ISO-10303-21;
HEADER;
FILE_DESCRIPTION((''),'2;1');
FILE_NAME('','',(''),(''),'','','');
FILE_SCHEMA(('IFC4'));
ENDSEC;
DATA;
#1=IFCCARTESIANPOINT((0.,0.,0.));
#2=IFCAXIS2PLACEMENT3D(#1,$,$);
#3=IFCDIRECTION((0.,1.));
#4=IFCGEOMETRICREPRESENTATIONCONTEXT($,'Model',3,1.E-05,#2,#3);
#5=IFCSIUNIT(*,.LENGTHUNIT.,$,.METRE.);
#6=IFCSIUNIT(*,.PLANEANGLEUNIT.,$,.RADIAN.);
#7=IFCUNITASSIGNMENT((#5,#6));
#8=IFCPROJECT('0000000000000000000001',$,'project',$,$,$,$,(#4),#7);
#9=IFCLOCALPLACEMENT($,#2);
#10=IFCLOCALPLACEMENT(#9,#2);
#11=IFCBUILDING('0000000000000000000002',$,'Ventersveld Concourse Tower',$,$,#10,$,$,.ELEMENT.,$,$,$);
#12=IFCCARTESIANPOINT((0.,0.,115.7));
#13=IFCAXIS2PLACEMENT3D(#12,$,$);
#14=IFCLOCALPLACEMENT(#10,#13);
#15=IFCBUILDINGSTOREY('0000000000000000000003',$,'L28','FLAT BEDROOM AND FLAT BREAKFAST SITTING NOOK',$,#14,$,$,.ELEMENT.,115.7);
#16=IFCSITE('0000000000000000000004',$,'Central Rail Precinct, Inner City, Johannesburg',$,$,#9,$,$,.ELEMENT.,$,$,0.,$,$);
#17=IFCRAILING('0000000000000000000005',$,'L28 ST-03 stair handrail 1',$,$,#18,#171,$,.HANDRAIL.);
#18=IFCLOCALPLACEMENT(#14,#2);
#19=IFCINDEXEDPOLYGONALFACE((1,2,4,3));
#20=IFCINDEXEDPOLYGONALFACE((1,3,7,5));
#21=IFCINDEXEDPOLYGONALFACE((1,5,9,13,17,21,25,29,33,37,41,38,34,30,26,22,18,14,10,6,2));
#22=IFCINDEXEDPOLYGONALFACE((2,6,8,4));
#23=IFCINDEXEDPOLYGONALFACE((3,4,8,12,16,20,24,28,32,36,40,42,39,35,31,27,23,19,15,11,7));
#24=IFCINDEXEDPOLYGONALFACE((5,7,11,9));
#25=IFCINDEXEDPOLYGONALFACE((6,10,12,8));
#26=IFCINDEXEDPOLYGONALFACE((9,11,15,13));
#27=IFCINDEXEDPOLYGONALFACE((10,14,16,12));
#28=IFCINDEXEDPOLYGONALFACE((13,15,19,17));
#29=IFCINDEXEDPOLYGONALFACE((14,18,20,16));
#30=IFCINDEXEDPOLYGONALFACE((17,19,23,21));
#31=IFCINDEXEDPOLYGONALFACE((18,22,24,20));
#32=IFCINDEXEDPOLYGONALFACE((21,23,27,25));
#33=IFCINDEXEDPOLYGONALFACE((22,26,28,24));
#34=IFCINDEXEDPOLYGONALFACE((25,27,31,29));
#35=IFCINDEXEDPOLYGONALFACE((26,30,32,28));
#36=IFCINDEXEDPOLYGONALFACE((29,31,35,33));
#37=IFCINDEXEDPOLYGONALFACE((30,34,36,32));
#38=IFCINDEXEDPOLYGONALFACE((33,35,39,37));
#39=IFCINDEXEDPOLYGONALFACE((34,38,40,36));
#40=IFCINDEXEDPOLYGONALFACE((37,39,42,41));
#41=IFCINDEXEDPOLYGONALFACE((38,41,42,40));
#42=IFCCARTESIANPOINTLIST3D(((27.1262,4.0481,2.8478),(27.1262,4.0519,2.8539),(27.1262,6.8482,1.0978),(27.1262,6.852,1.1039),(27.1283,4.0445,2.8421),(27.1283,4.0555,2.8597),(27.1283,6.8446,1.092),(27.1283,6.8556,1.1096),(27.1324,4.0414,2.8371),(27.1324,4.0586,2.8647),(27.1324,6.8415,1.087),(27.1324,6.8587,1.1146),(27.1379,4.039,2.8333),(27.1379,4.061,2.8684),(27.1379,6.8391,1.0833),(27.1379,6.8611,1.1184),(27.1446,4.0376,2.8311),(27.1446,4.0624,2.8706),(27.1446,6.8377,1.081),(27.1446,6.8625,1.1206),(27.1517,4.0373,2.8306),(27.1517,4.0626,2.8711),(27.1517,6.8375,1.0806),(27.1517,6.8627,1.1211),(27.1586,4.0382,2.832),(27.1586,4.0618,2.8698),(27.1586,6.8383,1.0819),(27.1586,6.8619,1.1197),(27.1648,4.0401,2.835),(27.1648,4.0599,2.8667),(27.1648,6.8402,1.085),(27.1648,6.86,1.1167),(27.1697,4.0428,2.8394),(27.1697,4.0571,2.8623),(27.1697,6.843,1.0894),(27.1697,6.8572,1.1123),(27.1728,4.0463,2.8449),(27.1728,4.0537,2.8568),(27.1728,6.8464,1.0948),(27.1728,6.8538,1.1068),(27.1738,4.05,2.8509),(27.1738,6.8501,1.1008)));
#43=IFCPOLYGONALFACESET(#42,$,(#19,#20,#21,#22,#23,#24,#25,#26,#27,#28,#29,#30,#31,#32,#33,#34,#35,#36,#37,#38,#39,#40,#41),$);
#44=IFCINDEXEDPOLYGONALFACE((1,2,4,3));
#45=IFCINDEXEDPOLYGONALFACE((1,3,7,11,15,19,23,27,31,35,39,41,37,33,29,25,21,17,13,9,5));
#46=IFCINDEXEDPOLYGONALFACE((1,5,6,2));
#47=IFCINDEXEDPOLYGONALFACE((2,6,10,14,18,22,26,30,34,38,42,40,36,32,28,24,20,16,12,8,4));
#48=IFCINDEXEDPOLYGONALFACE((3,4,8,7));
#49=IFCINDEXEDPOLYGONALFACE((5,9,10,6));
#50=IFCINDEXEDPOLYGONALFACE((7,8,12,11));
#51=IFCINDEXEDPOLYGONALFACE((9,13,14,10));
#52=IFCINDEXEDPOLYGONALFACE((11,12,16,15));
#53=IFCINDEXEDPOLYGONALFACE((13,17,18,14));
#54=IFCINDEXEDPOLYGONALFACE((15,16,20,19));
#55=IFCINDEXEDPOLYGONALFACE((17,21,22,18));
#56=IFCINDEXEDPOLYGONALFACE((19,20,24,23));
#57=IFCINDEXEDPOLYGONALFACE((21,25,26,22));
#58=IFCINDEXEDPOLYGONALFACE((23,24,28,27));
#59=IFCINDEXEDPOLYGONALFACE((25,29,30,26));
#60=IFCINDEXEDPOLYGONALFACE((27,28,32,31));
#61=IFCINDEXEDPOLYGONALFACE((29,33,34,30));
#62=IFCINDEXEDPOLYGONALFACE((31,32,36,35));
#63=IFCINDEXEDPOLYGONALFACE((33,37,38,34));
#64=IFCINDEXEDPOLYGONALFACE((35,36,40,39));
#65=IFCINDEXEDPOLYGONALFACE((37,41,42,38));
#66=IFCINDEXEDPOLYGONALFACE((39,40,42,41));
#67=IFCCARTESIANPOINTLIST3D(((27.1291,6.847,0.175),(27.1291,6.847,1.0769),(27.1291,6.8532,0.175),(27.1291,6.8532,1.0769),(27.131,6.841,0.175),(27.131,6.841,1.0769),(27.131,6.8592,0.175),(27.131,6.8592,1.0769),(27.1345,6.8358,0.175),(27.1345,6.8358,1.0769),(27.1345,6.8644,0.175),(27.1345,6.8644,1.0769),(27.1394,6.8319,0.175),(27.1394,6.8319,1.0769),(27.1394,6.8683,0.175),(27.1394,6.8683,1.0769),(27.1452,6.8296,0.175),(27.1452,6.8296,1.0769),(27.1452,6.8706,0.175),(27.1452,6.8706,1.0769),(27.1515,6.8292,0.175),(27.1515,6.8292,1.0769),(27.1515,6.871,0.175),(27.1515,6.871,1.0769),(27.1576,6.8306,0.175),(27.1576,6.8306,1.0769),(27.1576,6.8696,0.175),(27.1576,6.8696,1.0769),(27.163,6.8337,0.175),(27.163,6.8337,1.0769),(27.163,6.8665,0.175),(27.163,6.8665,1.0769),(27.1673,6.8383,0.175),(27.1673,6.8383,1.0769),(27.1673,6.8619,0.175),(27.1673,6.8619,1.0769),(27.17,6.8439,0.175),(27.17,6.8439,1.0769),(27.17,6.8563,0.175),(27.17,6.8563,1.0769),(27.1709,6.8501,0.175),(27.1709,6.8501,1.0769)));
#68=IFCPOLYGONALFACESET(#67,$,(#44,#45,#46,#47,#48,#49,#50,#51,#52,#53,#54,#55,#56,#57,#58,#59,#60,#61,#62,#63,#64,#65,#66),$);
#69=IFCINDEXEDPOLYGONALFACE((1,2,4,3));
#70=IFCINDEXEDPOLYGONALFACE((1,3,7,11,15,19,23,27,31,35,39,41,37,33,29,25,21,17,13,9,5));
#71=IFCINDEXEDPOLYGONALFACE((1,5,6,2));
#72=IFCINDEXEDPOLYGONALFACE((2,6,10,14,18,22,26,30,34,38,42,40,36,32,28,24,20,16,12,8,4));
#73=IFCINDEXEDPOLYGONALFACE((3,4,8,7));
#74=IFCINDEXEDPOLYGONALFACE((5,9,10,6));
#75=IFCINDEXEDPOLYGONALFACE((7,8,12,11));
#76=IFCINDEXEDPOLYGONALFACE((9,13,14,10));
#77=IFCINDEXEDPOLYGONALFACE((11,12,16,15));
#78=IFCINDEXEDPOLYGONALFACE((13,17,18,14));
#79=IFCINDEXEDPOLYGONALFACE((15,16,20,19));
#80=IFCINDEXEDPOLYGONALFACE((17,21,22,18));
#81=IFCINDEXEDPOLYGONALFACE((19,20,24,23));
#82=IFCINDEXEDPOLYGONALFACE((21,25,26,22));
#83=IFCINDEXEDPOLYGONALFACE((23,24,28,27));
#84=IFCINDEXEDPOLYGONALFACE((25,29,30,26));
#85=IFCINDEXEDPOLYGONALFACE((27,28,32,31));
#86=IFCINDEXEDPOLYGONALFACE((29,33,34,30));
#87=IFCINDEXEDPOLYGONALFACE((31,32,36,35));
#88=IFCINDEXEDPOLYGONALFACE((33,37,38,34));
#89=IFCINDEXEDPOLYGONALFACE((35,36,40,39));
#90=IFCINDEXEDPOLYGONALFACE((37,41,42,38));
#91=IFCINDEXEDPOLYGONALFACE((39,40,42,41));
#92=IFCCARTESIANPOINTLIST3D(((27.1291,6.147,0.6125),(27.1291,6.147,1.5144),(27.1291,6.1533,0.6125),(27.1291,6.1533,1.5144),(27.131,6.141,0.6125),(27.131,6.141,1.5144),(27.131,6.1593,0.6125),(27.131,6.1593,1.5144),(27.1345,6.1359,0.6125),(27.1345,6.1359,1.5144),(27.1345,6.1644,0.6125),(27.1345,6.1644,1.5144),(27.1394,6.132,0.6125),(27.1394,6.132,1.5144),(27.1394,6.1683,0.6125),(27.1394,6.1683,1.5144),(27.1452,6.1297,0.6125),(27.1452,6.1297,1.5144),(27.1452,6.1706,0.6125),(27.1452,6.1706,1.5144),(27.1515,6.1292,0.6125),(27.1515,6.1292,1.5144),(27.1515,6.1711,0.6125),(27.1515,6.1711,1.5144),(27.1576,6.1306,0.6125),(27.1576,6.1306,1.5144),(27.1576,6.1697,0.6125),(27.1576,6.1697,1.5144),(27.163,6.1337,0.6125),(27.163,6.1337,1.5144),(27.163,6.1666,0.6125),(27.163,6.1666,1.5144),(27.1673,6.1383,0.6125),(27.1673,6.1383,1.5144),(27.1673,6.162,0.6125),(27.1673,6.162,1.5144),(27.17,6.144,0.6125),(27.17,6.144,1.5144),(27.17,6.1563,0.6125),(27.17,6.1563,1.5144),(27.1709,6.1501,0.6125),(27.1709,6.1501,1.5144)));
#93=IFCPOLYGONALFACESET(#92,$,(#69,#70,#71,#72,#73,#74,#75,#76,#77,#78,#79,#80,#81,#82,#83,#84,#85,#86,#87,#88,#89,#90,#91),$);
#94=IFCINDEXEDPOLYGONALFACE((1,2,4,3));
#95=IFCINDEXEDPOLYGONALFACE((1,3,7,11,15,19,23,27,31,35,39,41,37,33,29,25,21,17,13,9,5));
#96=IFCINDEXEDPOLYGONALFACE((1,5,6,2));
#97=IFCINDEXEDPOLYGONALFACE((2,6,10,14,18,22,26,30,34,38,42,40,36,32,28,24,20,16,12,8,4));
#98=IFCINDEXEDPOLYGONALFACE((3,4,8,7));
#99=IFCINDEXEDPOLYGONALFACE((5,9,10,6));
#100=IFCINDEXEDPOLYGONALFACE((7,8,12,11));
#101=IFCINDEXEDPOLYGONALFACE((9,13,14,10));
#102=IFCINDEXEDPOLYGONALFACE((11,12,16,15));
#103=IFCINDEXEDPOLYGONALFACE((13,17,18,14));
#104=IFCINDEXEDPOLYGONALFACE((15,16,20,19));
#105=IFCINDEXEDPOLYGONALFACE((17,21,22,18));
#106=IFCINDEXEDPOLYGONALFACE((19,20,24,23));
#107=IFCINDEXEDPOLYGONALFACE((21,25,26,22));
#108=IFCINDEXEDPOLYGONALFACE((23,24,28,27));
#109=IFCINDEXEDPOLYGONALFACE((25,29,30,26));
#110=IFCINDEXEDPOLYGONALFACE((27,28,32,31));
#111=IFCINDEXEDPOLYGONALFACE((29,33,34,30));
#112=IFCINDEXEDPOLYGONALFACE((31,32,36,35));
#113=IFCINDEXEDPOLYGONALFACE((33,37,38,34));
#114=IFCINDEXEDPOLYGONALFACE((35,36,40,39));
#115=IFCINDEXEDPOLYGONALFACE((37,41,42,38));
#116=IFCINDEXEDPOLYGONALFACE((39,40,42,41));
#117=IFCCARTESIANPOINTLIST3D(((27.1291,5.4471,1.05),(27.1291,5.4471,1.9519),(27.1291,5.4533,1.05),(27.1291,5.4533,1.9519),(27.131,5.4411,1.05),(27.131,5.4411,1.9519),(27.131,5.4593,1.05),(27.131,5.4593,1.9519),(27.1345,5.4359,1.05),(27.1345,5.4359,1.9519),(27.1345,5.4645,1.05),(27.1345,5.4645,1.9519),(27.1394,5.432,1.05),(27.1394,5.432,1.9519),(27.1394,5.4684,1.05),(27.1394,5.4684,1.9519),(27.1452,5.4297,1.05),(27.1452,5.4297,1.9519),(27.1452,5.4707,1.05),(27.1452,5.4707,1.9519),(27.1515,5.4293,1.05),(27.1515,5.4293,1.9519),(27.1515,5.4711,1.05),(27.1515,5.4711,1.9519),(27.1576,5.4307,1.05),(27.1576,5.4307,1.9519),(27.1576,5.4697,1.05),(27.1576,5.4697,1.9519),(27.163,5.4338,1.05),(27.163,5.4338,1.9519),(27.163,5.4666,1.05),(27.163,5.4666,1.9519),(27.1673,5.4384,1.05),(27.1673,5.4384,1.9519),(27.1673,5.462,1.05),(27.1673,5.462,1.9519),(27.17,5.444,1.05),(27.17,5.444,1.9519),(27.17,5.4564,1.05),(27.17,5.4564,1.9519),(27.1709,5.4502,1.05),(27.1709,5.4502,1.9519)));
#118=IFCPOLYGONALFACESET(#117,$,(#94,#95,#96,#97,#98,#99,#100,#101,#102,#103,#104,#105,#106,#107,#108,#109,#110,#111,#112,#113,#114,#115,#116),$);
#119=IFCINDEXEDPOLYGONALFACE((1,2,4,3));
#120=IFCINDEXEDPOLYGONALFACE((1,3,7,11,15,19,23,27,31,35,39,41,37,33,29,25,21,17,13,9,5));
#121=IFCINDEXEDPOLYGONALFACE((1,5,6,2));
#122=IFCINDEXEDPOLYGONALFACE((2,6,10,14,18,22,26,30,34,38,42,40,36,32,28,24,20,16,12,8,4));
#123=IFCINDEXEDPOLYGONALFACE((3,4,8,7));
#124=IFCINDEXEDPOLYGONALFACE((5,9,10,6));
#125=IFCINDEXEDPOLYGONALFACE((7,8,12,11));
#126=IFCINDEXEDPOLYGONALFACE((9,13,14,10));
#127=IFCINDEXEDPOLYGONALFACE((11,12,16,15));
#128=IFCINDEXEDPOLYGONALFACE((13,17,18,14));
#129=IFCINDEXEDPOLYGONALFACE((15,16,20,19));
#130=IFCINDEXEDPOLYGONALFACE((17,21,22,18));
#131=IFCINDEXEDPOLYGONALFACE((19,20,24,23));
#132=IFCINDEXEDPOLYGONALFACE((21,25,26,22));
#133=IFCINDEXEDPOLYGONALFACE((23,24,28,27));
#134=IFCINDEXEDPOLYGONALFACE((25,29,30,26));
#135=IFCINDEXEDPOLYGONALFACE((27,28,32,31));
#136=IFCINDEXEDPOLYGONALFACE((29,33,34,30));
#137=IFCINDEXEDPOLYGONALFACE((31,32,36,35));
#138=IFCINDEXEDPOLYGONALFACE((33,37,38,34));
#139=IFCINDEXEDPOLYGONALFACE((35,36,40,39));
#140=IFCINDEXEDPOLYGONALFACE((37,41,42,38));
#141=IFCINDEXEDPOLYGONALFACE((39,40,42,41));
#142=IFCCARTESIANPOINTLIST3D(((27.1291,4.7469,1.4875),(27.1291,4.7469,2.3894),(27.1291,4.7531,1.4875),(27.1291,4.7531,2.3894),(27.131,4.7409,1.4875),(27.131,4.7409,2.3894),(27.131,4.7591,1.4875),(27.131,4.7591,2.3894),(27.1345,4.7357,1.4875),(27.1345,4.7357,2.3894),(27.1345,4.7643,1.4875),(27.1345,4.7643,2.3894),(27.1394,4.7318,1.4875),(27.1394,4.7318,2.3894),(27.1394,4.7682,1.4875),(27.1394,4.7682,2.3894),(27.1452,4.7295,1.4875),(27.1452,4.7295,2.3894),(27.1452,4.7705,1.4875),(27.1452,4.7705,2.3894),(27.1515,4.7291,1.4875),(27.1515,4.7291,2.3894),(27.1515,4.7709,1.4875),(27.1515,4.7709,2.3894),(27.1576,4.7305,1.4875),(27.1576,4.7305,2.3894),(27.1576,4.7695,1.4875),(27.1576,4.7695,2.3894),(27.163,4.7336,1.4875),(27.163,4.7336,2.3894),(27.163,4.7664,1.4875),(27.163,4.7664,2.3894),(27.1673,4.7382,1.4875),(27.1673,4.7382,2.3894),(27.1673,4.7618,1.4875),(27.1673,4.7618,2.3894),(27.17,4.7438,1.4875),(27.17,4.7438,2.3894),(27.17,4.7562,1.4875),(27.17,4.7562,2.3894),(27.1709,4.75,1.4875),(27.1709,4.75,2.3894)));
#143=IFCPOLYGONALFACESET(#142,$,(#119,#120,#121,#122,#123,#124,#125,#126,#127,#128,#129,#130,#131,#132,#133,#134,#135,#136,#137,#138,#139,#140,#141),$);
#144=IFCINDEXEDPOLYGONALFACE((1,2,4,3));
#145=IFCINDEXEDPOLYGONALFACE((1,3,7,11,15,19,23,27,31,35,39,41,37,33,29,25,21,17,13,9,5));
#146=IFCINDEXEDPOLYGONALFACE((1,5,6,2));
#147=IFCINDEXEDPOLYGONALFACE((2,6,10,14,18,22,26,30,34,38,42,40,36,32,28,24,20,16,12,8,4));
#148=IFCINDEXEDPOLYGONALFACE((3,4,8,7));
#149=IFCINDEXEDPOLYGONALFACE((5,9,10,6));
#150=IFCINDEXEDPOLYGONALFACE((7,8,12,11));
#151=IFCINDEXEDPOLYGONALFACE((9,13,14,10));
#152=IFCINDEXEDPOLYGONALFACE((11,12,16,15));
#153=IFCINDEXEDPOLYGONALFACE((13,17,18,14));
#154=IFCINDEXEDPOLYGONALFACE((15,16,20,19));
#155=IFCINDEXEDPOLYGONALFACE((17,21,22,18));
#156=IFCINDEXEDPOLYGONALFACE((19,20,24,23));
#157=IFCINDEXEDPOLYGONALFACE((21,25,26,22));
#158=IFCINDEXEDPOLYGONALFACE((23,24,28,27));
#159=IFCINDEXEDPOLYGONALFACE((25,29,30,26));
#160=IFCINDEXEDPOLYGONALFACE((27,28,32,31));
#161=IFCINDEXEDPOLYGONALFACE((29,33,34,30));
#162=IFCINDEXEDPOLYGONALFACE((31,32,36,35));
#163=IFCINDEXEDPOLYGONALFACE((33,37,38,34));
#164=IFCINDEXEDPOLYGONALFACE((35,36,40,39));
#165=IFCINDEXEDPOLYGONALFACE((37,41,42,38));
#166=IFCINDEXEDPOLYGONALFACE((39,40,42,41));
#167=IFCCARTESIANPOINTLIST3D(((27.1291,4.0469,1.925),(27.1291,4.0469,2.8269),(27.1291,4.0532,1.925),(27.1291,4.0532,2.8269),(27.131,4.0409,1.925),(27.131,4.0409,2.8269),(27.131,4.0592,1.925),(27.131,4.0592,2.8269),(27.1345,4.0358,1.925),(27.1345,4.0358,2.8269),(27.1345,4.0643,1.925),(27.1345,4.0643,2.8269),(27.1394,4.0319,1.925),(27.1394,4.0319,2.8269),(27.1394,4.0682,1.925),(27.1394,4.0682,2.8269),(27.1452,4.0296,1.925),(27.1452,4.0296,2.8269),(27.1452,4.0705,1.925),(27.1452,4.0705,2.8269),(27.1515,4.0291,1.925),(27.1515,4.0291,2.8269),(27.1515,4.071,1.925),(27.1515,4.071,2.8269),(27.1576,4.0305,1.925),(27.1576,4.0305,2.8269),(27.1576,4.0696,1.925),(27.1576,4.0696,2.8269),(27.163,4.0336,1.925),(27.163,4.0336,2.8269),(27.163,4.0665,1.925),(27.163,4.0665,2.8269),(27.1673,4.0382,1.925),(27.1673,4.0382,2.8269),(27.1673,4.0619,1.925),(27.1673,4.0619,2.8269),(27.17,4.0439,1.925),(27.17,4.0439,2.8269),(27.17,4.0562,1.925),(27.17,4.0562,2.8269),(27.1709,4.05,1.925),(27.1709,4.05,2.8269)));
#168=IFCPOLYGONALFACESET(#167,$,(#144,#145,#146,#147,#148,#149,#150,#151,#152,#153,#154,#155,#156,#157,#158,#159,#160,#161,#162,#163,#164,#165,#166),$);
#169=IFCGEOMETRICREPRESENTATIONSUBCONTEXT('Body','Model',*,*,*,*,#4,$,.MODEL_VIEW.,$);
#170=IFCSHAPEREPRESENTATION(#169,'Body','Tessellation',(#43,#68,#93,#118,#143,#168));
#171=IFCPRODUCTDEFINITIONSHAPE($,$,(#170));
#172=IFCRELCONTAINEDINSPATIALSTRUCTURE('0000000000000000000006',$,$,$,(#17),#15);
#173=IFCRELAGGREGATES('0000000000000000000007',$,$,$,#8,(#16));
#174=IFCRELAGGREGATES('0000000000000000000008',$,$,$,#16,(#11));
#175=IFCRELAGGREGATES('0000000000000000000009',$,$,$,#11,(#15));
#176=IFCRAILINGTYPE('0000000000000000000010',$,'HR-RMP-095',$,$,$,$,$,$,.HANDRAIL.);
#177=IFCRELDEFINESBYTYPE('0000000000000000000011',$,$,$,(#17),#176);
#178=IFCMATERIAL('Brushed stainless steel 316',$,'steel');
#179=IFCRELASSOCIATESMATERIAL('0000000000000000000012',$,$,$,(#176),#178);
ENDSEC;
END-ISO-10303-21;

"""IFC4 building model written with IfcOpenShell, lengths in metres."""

from ifc_helpers import new_model, si_unit, direction, frame, origin, origin_2d, place, context, subcontext, project, spatial, circle, extrude, material, type_object, element, save


model = new_model("IFC4")

# Units and contexts
model_context = context("Model", 3, precision=1e-05, world=origin(), true_north=direction((0.0, 1.0)))
body_context = subcontext(model_context, "Body", "Model", "MODEL_VIEW")
ifc_project = project(units=[si_unit("LENGTHUNIT", "METRE"), si_unit("PLANEANGLEUNIT", "RADIAN")], contexts=[model_context])

# Site, building, storey
site_placement = place(None, origin())
site = spatial("IfcSite", under=ifc_project, at=site_placement, Name="Central Rail Precinct, Inner City, Johannesburg", CompositionType="ELEMENT", RefElevation=0.0)
building_placement = place(site_placement, origin())
building = spatial("IfcBuilding", under=site, at=building_placement, Name="Ventersveld Concourse Tower", CompositionType="ELEMENT")
storey_placement = place(building_placement, frame((0.0, 0.0, 115.7)))
storey = spatial("IfcBuildingStorey", under=building, at=storey_placement, Name="L28", Description="FLAT BEDROOM AND FLAT BREAKFAST SITTING NOOK", CompositionType="ELEMENT", Elevation=115.7)

# Shared definitions
ifc_material_1 = material(Name="Brushed stainless steel 316", Category="steel")

# Railing
railing_type = type_object("IfcRailingType", Name="HR-RMP-095", PredefinedType="HANDRAIL", material=ifc_material_1)
railing_placement = place(storey_placement, frame((27.1499, 6.8501, 0.175)))
element("IfcRailing", 1, at=railing_placement, inside=storey, type_object=railing_type, Name="L28 ST-03 stair handrail 1", PredefinedType="HANDRAIL", context=body_context, shape_type="SweptSolid", body=[
    extrude(circle(Radius=0.0239, at=origin_2d()), frame((0.0, 0.0, 0.9258), z_axis=(0.0, -0.848002, 0.529992), x_axis=(1.0, 0.0, 0.0)), (0.0, 0.0, 1.0), 3.302),
    extrude(circle(Radius=0.021, at=origin_2d()), origin(), (0.0, 0.0, 1.0), 0.9019),
    extrude(circle(Radius=0.021, at=origin_2d()), frame((0.0, -0.7, 0.4375)), (0.0, 0.0, 1.0), 0.9019),
    extrude(circle(Radius=0.021, at=origin_2d()), frame((0.0, -1.3999, 0.875)), (0.0, 0.0, 1.0), 0.9019),
    extrude(circle(Radius=0.021, at=origin_2d()), frame((0.0, -2.1001, 1.3125)), (0.0, 0.0, 1.0), 0.9019),
    extrude(circle(Radius=0.021, at=origin_2d()), frame((0.0, -2.8, 1.75)), (0.0, 0.0, 1.0), 0.9019),
])

save(model, "model.ifc")
